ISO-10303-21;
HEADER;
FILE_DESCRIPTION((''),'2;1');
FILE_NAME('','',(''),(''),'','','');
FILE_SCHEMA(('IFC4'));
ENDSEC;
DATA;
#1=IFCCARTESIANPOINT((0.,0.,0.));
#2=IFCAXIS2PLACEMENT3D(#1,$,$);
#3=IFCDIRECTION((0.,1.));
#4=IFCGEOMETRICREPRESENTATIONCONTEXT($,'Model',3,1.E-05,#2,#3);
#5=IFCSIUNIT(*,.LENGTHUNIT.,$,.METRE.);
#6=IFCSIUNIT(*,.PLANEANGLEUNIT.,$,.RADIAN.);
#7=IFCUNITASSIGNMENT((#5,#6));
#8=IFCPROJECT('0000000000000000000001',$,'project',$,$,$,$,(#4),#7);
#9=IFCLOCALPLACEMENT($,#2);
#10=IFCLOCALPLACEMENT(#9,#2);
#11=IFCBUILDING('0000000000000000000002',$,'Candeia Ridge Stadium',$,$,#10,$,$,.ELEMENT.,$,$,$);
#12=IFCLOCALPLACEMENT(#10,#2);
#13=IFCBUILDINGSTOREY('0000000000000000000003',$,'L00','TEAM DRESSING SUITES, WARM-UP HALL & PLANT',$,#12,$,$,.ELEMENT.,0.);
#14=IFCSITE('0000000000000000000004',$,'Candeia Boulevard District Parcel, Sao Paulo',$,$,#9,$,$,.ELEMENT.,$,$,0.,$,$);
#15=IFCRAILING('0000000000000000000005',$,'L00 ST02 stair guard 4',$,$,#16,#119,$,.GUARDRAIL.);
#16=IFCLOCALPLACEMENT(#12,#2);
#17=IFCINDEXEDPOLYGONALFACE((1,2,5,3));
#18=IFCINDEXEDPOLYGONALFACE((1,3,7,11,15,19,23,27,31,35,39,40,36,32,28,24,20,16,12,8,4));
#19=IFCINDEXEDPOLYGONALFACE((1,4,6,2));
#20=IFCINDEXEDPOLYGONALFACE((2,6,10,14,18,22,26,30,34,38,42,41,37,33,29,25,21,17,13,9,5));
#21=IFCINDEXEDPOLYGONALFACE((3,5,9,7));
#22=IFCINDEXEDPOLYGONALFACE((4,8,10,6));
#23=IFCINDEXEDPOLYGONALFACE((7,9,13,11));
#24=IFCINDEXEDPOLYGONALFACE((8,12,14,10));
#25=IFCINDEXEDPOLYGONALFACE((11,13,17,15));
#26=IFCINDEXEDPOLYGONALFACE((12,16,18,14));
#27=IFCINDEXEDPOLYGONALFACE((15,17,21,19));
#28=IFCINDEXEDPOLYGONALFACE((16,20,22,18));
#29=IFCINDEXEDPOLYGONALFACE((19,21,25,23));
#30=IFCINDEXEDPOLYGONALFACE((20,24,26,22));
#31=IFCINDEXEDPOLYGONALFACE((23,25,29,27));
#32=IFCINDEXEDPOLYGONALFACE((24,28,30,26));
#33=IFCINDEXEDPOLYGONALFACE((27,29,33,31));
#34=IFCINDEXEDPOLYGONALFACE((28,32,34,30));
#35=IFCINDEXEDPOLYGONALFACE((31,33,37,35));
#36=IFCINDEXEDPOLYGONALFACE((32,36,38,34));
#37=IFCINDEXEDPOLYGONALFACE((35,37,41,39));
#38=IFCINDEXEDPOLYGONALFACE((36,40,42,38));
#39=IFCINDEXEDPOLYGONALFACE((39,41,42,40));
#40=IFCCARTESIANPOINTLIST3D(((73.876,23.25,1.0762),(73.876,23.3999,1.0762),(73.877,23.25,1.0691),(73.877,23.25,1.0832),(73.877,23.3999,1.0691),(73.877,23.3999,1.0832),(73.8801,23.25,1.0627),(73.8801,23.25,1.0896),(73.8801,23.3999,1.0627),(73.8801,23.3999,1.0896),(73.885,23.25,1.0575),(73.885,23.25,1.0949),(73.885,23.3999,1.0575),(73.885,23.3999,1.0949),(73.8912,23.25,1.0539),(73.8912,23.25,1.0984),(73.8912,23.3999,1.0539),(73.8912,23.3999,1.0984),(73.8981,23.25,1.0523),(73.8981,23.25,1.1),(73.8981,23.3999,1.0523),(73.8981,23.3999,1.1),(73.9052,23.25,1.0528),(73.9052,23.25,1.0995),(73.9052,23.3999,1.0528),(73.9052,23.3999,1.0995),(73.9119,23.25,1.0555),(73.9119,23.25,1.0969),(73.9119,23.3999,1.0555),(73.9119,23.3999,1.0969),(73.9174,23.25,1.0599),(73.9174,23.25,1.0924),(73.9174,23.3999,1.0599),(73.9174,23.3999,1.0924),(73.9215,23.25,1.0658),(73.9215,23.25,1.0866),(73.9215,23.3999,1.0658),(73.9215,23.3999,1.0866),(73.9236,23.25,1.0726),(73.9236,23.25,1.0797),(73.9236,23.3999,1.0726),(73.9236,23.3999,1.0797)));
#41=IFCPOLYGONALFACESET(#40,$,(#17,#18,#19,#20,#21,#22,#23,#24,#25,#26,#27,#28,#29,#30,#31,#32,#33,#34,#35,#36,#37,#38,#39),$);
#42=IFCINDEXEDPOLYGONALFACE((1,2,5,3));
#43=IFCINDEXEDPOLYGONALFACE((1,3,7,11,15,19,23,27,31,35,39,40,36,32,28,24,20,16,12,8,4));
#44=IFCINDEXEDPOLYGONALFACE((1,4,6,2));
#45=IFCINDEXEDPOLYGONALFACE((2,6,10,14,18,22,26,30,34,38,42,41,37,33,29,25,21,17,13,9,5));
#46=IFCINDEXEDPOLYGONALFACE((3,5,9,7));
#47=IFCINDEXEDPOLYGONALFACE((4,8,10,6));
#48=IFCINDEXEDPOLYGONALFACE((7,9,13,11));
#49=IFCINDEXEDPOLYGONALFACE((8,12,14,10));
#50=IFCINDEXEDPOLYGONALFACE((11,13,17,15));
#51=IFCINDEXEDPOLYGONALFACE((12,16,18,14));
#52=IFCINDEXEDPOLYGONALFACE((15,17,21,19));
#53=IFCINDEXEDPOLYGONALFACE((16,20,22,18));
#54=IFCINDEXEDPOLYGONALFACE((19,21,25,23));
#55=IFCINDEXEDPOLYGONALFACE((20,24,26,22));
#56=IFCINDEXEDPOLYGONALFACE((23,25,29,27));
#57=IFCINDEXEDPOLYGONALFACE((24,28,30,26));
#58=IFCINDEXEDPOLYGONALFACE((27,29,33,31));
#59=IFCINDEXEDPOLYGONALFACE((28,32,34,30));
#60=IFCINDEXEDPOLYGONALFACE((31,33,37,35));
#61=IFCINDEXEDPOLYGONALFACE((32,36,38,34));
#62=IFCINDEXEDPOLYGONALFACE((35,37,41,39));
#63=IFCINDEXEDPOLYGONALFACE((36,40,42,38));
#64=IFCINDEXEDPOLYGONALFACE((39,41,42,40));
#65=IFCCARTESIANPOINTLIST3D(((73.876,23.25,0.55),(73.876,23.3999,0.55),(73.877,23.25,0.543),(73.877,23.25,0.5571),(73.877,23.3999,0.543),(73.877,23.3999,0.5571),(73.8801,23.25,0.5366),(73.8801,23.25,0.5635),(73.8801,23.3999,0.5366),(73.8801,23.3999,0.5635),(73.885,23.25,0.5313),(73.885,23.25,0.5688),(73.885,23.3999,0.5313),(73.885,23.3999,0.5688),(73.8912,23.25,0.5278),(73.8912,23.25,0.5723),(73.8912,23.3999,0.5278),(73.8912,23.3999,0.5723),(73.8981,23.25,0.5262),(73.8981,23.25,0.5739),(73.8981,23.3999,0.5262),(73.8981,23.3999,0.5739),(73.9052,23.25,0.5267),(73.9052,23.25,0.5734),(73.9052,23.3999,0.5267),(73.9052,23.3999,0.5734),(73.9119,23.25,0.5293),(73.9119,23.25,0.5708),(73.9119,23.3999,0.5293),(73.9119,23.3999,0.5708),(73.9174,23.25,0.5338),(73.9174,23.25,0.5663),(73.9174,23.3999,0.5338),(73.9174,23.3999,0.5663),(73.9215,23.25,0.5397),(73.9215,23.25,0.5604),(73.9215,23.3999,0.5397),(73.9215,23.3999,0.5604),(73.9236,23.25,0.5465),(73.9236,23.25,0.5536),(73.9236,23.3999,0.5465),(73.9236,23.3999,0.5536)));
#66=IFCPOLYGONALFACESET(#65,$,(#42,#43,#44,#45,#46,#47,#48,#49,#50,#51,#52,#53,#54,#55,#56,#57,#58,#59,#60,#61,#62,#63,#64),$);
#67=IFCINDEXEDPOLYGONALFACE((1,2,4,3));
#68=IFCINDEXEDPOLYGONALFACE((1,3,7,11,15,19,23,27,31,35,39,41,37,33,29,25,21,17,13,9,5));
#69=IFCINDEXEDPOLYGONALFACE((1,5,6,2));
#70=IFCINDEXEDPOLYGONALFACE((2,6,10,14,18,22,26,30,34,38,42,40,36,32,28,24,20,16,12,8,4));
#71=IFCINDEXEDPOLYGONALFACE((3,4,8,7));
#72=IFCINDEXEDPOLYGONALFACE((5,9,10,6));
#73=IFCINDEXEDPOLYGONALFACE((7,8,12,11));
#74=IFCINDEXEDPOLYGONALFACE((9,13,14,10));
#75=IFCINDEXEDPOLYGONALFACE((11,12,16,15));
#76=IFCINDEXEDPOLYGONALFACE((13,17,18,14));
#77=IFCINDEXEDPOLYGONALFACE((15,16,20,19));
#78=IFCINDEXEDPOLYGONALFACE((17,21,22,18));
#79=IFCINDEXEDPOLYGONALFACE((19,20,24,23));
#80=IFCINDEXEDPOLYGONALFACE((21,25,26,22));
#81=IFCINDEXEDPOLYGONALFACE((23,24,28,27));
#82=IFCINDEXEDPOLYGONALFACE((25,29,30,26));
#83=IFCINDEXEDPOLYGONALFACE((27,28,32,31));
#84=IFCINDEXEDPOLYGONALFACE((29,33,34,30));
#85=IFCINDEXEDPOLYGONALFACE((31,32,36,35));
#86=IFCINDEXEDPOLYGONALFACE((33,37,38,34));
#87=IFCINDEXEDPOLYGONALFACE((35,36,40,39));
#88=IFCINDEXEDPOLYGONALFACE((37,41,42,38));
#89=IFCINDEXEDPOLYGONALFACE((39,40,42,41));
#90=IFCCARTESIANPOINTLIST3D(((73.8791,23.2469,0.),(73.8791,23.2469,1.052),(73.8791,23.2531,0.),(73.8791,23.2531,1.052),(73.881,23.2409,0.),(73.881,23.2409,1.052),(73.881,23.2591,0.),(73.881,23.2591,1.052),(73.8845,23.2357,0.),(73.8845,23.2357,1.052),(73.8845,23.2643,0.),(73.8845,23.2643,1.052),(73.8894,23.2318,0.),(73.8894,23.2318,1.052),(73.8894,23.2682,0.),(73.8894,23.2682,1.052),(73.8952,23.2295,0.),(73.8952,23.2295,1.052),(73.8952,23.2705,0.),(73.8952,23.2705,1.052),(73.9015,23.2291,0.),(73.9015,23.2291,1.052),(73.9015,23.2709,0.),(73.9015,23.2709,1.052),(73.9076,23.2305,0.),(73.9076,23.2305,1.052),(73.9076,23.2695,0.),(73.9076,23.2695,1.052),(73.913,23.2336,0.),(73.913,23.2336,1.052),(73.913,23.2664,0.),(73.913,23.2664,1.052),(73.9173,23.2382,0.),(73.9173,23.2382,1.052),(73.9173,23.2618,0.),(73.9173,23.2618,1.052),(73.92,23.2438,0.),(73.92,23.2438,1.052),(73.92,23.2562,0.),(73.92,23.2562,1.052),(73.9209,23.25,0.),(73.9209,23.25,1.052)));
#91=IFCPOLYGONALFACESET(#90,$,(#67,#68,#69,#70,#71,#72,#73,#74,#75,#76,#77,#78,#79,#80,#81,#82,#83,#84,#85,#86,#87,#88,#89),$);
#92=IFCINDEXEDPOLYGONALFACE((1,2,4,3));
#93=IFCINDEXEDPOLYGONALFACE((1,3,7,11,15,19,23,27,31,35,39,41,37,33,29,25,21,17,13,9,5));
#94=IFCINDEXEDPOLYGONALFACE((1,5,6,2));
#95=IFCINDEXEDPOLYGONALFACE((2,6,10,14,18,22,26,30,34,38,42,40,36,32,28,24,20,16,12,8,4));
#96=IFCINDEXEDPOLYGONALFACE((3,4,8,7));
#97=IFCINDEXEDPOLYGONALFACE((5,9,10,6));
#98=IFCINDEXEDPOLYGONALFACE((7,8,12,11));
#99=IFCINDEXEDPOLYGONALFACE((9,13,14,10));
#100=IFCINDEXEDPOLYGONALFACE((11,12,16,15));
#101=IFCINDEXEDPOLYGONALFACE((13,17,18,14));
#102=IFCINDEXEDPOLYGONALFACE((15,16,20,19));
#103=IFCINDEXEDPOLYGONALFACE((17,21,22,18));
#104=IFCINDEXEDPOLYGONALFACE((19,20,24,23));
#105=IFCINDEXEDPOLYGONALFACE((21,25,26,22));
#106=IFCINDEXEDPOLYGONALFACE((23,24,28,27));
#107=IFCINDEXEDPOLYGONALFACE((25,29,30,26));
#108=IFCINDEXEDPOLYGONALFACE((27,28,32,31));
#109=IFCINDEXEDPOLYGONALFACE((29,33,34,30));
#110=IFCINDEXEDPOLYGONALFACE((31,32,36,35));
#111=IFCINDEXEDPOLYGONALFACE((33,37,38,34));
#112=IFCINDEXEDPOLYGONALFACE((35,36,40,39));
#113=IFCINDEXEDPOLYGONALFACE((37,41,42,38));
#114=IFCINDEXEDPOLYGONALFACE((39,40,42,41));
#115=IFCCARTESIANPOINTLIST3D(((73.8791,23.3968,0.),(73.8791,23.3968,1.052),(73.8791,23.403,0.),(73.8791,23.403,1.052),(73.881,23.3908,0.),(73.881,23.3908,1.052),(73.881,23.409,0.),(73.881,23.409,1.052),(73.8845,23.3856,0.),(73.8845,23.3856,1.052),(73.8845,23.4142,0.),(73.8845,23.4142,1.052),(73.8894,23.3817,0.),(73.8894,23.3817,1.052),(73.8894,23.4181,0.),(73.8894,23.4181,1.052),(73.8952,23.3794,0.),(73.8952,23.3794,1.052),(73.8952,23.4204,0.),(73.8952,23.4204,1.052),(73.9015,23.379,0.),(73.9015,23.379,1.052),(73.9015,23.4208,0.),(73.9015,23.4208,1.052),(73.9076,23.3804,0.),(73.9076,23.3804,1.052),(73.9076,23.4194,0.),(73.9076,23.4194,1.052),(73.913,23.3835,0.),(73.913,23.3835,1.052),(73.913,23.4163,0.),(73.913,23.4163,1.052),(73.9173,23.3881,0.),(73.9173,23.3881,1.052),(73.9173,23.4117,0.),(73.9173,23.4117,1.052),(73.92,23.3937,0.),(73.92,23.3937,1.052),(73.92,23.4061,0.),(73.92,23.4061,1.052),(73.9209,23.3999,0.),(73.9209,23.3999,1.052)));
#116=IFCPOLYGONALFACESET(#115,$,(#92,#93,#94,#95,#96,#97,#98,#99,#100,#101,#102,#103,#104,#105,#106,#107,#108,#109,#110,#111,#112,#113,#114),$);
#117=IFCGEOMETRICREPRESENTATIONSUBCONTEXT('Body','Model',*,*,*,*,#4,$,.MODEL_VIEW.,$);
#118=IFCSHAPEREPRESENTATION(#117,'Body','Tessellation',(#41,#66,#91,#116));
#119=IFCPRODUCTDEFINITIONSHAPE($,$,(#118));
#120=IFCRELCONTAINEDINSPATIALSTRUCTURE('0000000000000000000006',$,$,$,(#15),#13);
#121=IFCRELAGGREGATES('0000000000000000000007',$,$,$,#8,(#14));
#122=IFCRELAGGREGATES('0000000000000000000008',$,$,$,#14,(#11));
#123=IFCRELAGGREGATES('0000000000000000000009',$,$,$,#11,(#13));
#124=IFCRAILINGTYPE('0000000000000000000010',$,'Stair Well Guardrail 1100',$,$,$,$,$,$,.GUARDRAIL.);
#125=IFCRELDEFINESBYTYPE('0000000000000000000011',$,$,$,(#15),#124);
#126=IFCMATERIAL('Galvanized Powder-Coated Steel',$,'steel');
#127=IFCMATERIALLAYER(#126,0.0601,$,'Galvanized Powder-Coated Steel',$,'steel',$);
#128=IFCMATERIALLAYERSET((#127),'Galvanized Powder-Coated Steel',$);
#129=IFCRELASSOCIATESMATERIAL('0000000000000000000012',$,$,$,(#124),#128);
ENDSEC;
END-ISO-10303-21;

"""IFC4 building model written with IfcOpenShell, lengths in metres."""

from ifc_helpers import new_model, si_unit, direction, frame, origin, origin_2d, place, context, subcontext, project, spatial, circle, extrude, material, layer, layer_set, type_object, element, save


model = new_model("IFC4")

# Units and contexts
model_context = context("Model", 3, precision=1e-05, world=origin(), true_north=direction((0.0, 1.0)))
body_context = subcontext(model_context, "Body", "Model", "MODEL_VIEW")
ifc_project = project(units=[si_unit("LENGTHUNIT", "METRE"), si_unit("PLANEANGLEUNIT", "RADIAN")], contexts=[model_context])

# Site, building, storey
site_placement = place(None, origin())
site = spatial("IfcSite", under=ifc_project, at=site_placement, Name="Candeia Boulevard District Parcel, Sao Paulo", CompositionType="ELEMENT", RefElevation=0.0)
building_placement = place(site_placement, origin())
building = spatial("IfcBuilding", under=site, at=building_placement, Name="Candeia Ridge Stadium", CompositionType="ELEMENT")
storey_placement = place(building_placement, origin())
storey = spatial("IfcBuildingStorey", under=building, at=storey_placement, Name="L00", Description="TEAM DRESSING SUITES, WARM-UP HALL & PLANT", CompositionType="ELEMENT", Elevation=0.0)

# Railing
ifc_material_1 = material(Name="Galvanized Powder-Coated Steel", Category="steel")
ifc_layer_1 = layer(ifc_material_1, 0.0601, Name="Galvanized Powder-Coated Steel", Category="steel")
ifc_layer_set_1 = layer_set([ifc_layer_1], Name="Galvanized Powder-Coated Steel")
railing_type_1 = type_object("IfcRailingType", Name="Stair Well Guardrail 1100", PredefinedType="GUARDRAIL", material=ifc_layer_set_1)
railing_1_placement = place(storey_placement, frame((73.8999, 23.25, 0.0)))
element("IfcRailing", 1, at=railing_1_placement, inside=storey, type_object=railing_type_1, Name="L00 ST02 stair guard 4", PredefinedType="GUARDRAIL", context=body_context, shape_type="SweptSolid", body=[
    extrude(circle(Radius=0.0239, at=origin_2d()), frame((0.0, 0.0, 1.0762), z_axis=(0.0, 1.0, 0.0), x_axis=(-1.0, 0.0, 0.0)), (0.0, 0.0, 1.0), 0.1499),
    extrude(circle(Radius=0.0239, at=origin_2d()), frame((0.0, 0.0, 0.55), z_axis=(0.0, 1.0, 0.0), x_axis=(-1.0, 0.0, 0.0)), (0.0, 0.0, 1.0), 0.1499),
    extrude(circle(Radius=0.021, at=origin_2d()), origin(), (0.0, 0.0, 1.0), 1.052),
    extrude(circle(Radius=0.021, at=origin_2d()), frame((0.0, 0.1499, 0.0)), (0.0, 0.0, 1.0), 1.052),
])

save(model, "model.ifc")
